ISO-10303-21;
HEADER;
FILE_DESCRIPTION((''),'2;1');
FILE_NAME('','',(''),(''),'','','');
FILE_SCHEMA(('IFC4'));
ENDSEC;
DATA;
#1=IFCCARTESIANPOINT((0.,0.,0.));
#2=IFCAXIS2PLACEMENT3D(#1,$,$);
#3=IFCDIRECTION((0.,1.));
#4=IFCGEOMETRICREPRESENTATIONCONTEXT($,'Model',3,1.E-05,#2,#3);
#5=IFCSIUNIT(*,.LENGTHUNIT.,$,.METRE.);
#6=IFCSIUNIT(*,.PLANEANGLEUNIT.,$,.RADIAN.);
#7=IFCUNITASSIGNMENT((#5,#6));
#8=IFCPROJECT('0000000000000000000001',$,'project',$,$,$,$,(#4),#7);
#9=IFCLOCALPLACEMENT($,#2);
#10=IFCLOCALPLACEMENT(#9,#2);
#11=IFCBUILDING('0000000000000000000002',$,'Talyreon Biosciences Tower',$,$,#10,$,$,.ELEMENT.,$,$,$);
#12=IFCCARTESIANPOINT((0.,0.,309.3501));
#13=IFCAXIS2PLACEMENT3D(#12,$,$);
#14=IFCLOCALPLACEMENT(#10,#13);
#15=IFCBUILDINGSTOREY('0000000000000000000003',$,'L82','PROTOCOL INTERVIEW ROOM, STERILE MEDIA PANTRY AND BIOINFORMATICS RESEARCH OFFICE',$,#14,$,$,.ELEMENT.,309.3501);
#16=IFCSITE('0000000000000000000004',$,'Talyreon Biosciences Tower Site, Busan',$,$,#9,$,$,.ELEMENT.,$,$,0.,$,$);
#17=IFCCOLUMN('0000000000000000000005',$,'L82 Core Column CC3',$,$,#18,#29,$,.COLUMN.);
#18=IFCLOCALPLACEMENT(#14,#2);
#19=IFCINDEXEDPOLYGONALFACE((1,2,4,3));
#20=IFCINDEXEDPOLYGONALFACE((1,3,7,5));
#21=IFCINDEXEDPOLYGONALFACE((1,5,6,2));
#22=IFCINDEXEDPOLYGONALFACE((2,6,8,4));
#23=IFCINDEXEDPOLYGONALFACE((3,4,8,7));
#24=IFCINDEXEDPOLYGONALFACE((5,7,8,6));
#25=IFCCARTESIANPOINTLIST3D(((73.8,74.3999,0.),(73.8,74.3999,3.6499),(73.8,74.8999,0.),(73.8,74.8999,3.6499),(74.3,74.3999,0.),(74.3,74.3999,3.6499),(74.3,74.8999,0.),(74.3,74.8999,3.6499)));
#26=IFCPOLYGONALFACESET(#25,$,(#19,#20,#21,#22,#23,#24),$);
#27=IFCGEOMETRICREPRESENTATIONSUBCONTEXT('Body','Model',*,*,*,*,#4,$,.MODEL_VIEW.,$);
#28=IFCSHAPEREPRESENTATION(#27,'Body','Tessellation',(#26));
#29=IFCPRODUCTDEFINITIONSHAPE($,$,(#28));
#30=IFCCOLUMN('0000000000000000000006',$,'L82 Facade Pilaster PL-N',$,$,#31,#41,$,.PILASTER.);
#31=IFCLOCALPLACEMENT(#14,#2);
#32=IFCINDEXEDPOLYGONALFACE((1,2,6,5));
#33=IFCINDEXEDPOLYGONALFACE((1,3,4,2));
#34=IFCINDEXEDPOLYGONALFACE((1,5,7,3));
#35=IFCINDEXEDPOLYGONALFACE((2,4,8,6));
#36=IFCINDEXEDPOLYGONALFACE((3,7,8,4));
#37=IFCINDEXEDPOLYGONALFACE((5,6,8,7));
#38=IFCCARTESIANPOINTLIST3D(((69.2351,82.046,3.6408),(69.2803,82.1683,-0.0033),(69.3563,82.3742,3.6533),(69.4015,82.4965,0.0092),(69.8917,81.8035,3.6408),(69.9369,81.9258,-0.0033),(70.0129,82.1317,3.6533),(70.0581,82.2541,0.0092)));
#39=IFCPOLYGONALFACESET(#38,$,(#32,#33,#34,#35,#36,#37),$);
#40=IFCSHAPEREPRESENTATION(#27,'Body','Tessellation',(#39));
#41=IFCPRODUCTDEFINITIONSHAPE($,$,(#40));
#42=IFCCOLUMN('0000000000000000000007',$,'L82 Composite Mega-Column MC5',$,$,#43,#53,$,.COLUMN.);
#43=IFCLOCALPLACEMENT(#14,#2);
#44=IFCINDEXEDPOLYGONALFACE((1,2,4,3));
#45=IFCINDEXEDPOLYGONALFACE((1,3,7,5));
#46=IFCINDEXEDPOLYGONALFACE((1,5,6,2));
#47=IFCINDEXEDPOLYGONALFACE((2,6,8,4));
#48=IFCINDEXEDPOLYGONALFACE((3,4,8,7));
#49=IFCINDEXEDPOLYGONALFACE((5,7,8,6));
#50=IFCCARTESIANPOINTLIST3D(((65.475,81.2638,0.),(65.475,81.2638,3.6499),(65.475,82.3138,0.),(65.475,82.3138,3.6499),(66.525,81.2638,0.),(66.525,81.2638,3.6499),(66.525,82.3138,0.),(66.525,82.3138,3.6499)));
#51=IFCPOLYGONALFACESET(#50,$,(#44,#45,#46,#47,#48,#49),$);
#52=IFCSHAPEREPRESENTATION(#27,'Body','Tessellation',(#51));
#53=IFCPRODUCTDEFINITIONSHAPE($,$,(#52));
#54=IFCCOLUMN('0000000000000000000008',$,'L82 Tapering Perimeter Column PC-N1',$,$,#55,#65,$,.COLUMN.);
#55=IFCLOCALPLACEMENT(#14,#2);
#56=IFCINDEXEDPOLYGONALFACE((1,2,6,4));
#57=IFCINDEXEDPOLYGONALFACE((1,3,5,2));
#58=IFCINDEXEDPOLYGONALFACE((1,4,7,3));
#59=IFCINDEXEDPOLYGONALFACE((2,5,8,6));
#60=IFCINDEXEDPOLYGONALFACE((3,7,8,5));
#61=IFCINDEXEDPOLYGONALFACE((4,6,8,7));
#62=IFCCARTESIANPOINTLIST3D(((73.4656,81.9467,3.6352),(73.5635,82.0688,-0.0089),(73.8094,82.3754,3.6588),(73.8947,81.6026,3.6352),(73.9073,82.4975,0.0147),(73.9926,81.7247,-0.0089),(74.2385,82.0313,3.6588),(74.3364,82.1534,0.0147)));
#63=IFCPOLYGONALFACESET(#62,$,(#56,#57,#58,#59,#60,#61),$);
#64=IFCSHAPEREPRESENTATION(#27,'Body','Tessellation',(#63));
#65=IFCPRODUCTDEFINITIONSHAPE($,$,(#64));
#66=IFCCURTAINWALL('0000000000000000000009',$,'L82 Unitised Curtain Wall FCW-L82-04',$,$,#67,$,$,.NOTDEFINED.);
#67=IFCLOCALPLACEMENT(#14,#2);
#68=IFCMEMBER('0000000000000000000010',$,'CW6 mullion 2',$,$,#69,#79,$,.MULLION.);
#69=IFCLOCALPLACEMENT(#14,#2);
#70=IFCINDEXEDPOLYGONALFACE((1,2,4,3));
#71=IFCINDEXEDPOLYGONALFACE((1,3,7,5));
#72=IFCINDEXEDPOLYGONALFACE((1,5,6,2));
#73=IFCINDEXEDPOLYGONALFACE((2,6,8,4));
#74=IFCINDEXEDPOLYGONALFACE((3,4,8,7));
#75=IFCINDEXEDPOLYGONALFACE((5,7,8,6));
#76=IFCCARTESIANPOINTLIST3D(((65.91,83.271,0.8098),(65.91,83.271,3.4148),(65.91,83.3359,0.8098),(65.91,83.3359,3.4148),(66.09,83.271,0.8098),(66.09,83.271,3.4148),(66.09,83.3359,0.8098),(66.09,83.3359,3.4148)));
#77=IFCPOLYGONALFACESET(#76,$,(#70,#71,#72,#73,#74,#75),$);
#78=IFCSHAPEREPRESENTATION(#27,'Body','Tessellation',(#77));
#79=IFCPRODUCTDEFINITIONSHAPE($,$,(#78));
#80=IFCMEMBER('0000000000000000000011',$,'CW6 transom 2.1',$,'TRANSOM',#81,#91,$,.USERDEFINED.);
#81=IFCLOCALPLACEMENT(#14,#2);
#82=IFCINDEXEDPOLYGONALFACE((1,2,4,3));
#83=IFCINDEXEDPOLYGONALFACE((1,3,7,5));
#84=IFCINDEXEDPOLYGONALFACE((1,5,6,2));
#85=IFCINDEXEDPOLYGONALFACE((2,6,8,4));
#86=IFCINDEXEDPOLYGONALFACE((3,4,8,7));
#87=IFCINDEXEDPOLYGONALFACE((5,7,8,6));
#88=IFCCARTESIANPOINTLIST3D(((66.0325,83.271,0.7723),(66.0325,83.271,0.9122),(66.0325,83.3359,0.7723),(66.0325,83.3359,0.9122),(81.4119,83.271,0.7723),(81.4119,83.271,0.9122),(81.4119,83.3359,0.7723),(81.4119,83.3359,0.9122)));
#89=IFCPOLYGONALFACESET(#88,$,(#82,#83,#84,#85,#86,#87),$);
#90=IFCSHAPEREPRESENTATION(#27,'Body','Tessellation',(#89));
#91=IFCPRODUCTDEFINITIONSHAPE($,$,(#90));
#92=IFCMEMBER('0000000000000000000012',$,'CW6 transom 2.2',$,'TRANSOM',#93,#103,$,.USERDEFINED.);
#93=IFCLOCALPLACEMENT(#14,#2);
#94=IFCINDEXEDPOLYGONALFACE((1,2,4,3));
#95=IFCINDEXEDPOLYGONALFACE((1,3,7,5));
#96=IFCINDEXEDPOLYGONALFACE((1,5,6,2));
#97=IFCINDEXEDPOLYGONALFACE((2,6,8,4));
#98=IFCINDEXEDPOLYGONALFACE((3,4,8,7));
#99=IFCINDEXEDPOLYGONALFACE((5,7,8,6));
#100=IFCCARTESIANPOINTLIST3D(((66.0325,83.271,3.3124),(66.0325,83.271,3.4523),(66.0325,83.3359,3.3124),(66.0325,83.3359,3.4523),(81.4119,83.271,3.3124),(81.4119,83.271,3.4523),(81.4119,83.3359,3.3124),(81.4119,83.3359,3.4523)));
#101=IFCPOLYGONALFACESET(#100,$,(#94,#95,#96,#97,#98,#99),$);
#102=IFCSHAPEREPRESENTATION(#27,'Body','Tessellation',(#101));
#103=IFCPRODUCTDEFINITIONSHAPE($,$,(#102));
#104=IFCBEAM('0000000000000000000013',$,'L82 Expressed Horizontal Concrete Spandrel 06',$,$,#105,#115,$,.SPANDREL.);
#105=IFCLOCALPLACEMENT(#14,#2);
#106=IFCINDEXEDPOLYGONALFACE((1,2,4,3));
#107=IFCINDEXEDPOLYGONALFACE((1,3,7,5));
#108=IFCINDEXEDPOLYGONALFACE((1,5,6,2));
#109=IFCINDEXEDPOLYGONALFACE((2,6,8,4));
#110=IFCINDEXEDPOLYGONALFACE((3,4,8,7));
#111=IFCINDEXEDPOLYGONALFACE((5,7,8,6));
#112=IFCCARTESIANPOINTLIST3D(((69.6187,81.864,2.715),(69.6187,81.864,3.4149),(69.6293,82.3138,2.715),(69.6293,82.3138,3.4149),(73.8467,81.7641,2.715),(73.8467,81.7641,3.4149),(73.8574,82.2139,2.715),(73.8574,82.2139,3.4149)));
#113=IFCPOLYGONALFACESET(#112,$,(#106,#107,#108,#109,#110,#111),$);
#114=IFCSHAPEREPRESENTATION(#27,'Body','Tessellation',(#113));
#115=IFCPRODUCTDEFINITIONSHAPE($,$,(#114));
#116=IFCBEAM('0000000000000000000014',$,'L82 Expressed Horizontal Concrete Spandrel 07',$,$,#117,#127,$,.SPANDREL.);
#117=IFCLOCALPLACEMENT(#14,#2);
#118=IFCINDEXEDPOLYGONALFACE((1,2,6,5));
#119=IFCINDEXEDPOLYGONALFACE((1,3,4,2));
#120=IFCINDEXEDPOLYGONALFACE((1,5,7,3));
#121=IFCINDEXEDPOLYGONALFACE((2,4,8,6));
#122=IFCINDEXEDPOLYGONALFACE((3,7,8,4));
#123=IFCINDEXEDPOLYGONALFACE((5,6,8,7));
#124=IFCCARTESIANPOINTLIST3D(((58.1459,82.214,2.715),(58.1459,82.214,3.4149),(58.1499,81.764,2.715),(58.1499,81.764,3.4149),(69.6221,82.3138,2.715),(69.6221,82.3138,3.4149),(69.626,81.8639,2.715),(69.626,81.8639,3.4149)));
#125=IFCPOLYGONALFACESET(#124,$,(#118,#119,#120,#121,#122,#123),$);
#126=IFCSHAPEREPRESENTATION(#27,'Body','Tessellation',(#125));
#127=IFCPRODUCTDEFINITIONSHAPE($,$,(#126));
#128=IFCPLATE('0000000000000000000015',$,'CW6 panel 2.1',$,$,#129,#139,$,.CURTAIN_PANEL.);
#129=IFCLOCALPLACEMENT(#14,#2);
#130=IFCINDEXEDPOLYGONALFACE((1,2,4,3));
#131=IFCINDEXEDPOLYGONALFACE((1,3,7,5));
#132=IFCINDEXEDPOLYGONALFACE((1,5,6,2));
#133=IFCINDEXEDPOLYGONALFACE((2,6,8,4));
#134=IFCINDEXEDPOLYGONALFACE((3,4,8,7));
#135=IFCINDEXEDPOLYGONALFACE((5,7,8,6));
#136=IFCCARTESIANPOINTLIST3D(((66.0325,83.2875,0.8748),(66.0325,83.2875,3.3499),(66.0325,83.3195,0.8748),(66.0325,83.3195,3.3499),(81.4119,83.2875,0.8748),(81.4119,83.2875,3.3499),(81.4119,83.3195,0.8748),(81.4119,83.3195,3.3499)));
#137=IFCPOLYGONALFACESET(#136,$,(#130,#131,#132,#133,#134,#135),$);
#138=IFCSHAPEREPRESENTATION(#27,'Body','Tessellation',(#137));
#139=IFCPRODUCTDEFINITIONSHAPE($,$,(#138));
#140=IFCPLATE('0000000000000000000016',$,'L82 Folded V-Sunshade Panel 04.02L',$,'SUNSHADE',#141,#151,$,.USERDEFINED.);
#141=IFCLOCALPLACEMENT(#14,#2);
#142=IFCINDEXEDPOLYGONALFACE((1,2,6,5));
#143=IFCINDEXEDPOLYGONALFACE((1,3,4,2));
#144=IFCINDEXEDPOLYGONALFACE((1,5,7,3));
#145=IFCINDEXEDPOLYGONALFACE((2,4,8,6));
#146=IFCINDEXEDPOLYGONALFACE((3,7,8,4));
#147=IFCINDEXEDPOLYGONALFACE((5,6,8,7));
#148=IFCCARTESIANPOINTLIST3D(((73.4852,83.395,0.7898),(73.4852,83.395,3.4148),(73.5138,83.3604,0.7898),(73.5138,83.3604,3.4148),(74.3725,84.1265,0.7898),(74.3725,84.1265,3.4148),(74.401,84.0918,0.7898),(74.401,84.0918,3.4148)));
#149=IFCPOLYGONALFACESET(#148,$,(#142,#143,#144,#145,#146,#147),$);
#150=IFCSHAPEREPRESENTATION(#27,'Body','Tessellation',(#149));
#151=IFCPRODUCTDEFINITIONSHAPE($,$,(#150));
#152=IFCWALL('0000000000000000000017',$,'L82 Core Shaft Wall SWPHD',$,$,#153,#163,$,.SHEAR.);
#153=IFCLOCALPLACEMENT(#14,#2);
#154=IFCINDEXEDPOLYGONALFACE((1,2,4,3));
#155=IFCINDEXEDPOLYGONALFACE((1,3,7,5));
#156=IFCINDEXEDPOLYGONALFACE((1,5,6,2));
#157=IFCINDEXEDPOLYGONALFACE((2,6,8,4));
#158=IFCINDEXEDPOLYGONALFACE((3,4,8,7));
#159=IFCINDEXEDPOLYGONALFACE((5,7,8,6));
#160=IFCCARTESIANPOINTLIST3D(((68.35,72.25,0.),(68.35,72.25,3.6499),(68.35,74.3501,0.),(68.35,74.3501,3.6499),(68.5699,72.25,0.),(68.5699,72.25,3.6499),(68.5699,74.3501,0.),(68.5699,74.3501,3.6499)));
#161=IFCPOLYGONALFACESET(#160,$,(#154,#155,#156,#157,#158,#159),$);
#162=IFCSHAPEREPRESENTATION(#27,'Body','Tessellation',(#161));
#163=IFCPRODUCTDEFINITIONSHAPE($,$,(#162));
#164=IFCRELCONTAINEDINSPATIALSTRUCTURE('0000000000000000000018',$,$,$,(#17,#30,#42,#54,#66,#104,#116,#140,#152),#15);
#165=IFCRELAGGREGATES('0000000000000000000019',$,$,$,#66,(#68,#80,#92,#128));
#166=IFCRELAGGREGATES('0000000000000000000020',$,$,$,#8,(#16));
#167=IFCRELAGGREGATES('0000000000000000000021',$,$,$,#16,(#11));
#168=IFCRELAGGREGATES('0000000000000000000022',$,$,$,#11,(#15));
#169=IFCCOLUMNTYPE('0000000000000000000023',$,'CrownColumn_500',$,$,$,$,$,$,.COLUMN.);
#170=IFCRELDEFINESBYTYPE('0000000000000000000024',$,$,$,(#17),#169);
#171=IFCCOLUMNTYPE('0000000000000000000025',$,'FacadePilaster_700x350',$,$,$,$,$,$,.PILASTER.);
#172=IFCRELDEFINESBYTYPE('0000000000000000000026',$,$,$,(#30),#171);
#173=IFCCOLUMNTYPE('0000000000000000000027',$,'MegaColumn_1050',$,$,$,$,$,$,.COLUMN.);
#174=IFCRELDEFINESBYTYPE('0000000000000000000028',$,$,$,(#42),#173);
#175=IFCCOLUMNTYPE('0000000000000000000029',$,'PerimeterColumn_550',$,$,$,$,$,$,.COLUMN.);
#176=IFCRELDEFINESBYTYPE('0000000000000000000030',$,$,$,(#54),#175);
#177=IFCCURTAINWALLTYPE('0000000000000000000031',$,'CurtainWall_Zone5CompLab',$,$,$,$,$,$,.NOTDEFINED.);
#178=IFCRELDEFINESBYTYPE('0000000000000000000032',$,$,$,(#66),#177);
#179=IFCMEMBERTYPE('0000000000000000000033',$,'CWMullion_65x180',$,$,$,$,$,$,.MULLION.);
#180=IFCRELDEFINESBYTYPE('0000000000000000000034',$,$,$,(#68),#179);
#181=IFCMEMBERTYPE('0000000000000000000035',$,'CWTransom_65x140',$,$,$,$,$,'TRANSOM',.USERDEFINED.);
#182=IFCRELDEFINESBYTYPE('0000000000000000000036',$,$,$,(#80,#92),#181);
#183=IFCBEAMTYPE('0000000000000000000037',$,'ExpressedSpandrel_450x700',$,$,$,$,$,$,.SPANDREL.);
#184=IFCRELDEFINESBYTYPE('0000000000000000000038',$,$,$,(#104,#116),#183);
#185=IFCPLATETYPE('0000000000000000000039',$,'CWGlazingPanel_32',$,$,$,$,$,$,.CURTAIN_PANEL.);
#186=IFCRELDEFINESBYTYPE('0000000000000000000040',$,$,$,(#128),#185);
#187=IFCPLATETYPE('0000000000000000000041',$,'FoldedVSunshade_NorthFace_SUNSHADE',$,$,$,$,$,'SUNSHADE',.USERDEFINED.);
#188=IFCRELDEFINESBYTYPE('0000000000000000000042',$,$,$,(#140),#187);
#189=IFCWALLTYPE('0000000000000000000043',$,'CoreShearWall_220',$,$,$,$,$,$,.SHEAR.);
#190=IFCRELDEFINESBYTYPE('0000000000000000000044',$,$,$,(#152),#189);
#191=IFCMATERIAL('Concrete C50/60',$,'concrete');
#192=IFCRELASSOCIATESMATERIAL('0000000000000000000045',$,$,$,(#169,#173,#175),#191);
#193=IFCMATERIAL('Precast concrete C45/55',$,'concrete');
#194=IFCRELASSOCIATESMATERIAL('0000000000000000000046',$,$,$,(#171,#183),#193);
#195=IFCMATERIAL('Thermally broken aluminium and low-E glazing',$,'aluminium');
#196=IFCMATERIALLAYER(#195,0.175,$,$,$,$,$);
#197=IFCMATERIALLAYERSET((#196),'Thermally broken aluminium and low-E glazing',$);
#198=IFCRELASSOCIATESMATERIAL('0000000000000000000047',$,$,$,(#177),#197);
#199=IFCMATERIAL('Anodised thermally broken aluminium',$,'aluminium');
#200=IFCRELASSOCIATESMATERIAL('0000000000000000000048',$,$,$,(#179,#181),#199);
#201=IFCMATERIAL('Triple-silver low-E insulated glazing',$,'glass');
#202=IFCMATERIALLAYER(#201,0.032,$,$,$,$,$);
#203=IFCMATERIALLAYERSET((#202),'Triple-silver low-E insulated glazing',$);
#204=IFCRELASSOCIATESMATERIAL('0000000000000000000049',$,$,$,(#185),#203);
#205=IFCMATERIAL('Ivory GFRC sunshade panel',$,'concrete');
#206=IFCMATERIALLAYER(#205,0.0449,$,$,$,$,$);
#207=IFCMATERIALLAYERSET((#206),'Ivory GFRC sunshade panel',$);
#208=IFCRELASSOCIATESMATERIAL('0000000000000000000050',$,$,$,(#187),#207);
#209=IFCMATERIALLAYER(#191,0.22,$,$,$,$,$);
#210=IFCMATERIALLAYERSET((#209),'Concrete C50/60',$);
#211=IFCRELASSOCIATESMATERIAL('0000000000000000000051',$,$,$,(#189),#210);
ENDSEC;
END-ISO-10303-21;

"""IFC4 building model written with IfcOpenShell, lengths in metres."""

from ifc_helpers import new_model, si_unit, direction, frame, frame_2d, origin, origin_2d, place, context, subcontext, project, spatial, rectangle, extrude, material, layer, layer_set, material_profile, profile_set, type_object, element, aggregate, save


model = new_model("IFC4")

# Units and contexts
model_context = context("Model", 3, precision=1e-05, world=origin(), true_north=direction((0.0, 1.0)))
body_context = subcontext(model_context, "Body", "Model", "MODEL_VIEW")
ifc_project = project(units=[si_unit("LENGTHUNIT", "METRE"), si_unit("PLANEANGLEUNIT", "RADIAN")], contexts=[model_context])

# Site, building, storey
site_placement = place(None, origin())
site = spatial("IfcSite", under=ifc_project, at=site_placement, Name="Talyreon Biosciences Tower Site, Busan", CompositionType="ELEMENT", RefElevation=0.0)
building_placement = place(site_placement, origin())
building = spatial("IfcBuilding", under=site, at=building_placement, Name="Talyreon Biosciences Tower", CompositionType="ELEMENT")
storey_placement = place(building_placement, frame((0.0, 0.0, 309.3501)))
storey = spatial("IfcBuildingStorey", under=building, at=storey_placement, Name="L82", Description="PROTOCOL INTERVIEW ROOM, STERILE MEDIA PANTRY AND BIOINFORMATICS RESEARCH OFFICE", CompositionType="ELEMENT", Elevation=309.3501)

# Columns
ifc_material_1 = material(Name="Concrete C50/60", Category="concrete")
ifc_material_profile_1 = material_profile(ifc_material_1, rectangle(XDim=0.5, YDim=0.5, at=origin_2d()), Name="RC 500x500")
ifc_profile_set_1 = profile_set([ifc_material_profile_1], Name="Concrete C50/60")
column_type_1 = type_object("IfcColumnType", Name="CrownColumn_500", PredefinedType="COLUMN", material=ifc_profile_set_1)
column_1_placement = place(storey_placement, frame((74.05, 74.6499, 0.0), z_axis=(0.0, 0.0, 1.0), x_axis=(1.0, 0.0, 0.0)))
element("IfcColumn", 1, at=column_1_placement, inside=storey, type_object=column_type_1, Name="L82 Core Column CC3", PredefinedType="COLUMN", context=body_context, shape_type="SweptSolid", body=[
    extrude(rectangle(XDim=0.5, YDim=0.5, at=origin_2d()), origin(), (0.0, 0.0, 1.0), 3.6499),
])
ifc_material_2 = material(Name="Precast concrete C45/55", Category="concrete")
ifc_material_profile_2 = material_profile(ifc_material_2, rectangle(XDim=0.7, YDim=0.3501, at=origin_2d()), Name="RC 700x350")
ifc_profile_set_2 = profile_set([ifc_material_profile_2], Name="Precast concrete C45/55")
column_type_2 = type_object("IfcColumnType", Name="FacadePilaster_700x350", PredefinedType="PILASTER", material=ifc_profile_set_2)
column_2_placement = place(storey_placement, frame((69.6692, 82.2112, 0.0029), z_axis=(-0.012387, -0.033544, 0.99936), x_axis=(-0.938087, 0.346399, 0.0)))
element("IfcColumn", 2, at=column_2_placement, inside=storey, type_object=column_type_2, Name="L82 Facade Pilaster PL-N", PredefinedType="PILASTER", context=body_context, shape_type="SweptSolid", body=[
    extrude(rectangle(XDim=0.7, YDim=0.3501, at=origin_2d()), origin(), (0.0, 0.0, 1.0), 3.6465),
])
ifc_material_profile_3 = material_profile(ifc_material_1, rectangle(XDim=1.05, YDim=1.05, at=origin_2d()), Name="RC 1050x1050")
ifc_profile_set_3 = profile_set([ifc_material_profile_3], Name="Concrete C50/60")
column_type_3 = type_object("IfcColumnType", Name="MegaColumn_1050", PredefinedType="COLUMN", material=ifc_profile_set_3)
column_3_placement = place(storey_placement, frame((66.0, 81.7888, 0.0), z_axis=(0.0, 0.0, 1.0), x_axis=(1.0, 0.0, 0.0)))
element("IfcColumn", 3, at=column_3_placement, inside=storey, type_object=column_type_3, Name="L82 Composite Mega-Column MC5", PredefinedType="COLUMN", context=body_context, shape_type="SweptSolid", body=[
    extrude(rectangle(XDim=1.05, YDim=1.05, at=origin_2d()), origin(), (0.0, 0.0, 1.0), 3.6499),
])
ifc_material_profile_4 = material_profile(ifc_material_1, rectangle(XDim=0.55, YDim=0.55, at=origin_2d()), Name="RC 550x550")
ifc_profile_set_4 = profile_set([ifc_material_profile_4], Name="Concrete C50/60")
column_type_4 = type_object("IfcColumnType", Name="PerimeterColumn_550", PredefinedType="COLUMN", material=ifc_profile_set_4)
column_4_placement = place(storey_placement, frame((73.95, 82.1111, 0.0029), z_axis=(-0.026841, -0.033468, 0.999079), x_axis=(-0.780107, 0.625646, 0.0)))
element("IfcColumn", 4, at=column_4_placement, inside=storey, type_object=column_type_4, Name="L82 Tapering Perimeter Column PC-N1", PredefinedType="COLUMN", context=body_context, shape_type="SweptSolid", body=[
    extrude(rectangle(XDim=0.55, YDim=0.55, at=origin_2d()), origin(), (0.0, 0.0, 1.0), 3.6475),
])

# Curtain wall, members
ifc_material_3 = material(Name="Thermally broken aluminium and low-E glazing", Category="aluminium")
ifc_layer_1 = layer(ifc_material_3, 0.175)
ifc_layer_set_1 = layer_set([ifc_layer_1], Name="Thermally broken aluminium and low-E glazing")
curtain_wall_type = type_object("IfcCurtainWallType", Name="CurtainWall_Zone5CompLab", PredefinedType="NOTDEFINED", material=ifc_layer_set_1)
curtain_wall_placement = place(storey_placement, origin())
curtain_wall = element("IfcCurtainWall", 5, at=curtain_wall_placement, inside=storey, type_object=curtain_wall_type, Name="L82 Unitised Curtain Wall FCW-L82-04", PredefinedType="NOTDEFINED")
ifc_material_4 = material(Name="Anodised thermally broken aluminium", Category="aluminium")
ifc_material_profile_5 = material_profile(ifc_material_4, rectangle(XDim=0.0649, YDim=0.1799, at=origin_2d()), Name="ALUM MULLION 65x180")
ifc_profile_set_5 = profile_set([ifc_material_profile_5], Name="Anodised thermally broken aluminium")
member_type_1 = type_object("IfcMemberType", Name="CWMullion_65x180", PredefinedType="MULLION", material=ifc_profile_set_5)
member_1_placement = place(storey_placement, frame((66.0, 83.3035, 0.8098), z_axis=(0.0, 0.0, 1.0), x_axis=(0.0, 1.0, 0.0)))
member_1 = element("IfcMember", 6, at=member_1_placement, type_object=member_type_1, Name="CW6 mullion 2", PredefinedType="MULLION", context=body_context, shape_type="SweptSolid", body=[
    extrude(rectangle(XDim=0.0649, YDim=0.1799, at=origin_2d()), origin(), (0.0, 0.0, 1.0), 2.605),
])
ifc_material_profile_6 = material_profile(ifc_material_4, rectangle(XDim=0.0649, YDim=0.1399, at=origin_2d()), Name="ALUM TRANSOM 65x140")
ifc_profile_set_6 = profile_set([ifc_material_profile_6], Name="Anodised thermally broken aluminium")
member_type_2 = type_object("IfcMemberType", Name="CWTransom_65x140", ElementType="TRANSOM", PredefinedType="USERDEFINED", material=ifc_profile_set_6)
member_2_placement = place(storey_placement, frame((66.0325, 83.3035, 0.8423), z_axis=(1.0, 0.0, 0.0), x_axis=(0.0, 1.0, 0.0)))
member_2 = element("IfcMember", 7, at=member_2_placement, type_object=member_type_2, Name="CW6 transom 2.1", ObjectType="TRANSOM", PredefinedType="USERDEFINED", context=body_context, shape_type="SweptSolid", body=[
    extrude(rectangle(XDim=0.0649, YDim=0.1399, at=origin_2d()), origin(), (0.0, 0.0, 1.0), 15.3794),
])
member_3_placement = place(storey_placement, frame((66.0325, 83.3035, 3.3823), z_axis=(1.0, 0.0, 0.0), x_axis=(0.0, 1.0, 0.0)))
member_3 = element("IfcMember", 8, at=member_3_placement, type_object=member_type_2, Name="CW6 transom 2.2", ObjectType="TRANSOM", PredefinedType="USERDEFINED", context=body_context, shape_type="SweptSolid", body=[
    extrude(rectangle(XDim=0.0649, YDim=0.1399, at=origin_2d()), origin(), (0.0, 0.0, 1.0), 15.3794),
])

# Beams
ifc_material_profile_7 = material_profile(ifc_material_2, rectangle(XDim=0.45, YDim=0.7, at=origin_2d()), Name="RCB 450x700")
ifc_profile_set_7 = profile_set([ifc_material_profile_7], Name="Precast concrete C45/55")
beam_type = type_object("IfcBeamType", Name="ExpressedSpandrel_450x700", PredefinedType="SPANDREL", material=ifc_profile_set_7)
beam_1_placement = place(storey_placement, frame((73.8521, 81.989, 3.0649), z_axis=(-0.999721, 0.02361, 0.0), x_axis=(-0.02361, -0.999721, 0.0)))
element("IfcBeam", 9, at=beam_1_placement, inside=storey, type_object=beam_type, Name="L82 Expressed Horizontal Concrete Spandrel 06", PredefinedType="SPANDREL", context=body_context, shape_type="SweptSolid", body=[
    extrude(rectangle(XDim=0.45, YDim=0.7, at=origin_2d()), origin(), (0.0, 0.0, 1.0), 4.2292),
])
beam_2_placement = place(storey_placement, frame((69.624, 82.0889, 3.0649), z_axis=(-0.999962, -0.008701, 0.0), x_axis=(0.008701, -0.999962, 0.0)))
element("IfcBeam", 10, at=beam_2_placement, inside=storey, type_object=beam_type, Name="L82 Expressed Horizontal Concrete Spandrel 07", PredefinedType="SPANDREL", context=body_context, shape_type="SweptSolid", body=[
    extrude(rectangle(XDim=0.45, YDim=0.7, at=origin_2d()), origin(), (0.0, 0.0, 1.0), 11.4766),
])

# Plates
ifc_material_5 = material(Name="Triple-silver low-E insulated glazing", Category="glass")
ifc_layer_2 = layer(ifc_material_5, 0.032)
ifc_layer_set_2 = layer_set([ifc_layer_2], Name="Triple-silver low-E insulated glazing")
plate_type_1 = type_object("IfcPlateType", Name="CWGlazingPanel_32", PredefinedType="CURTAIN_PANEL", material=ifc_layer_set_2)
plate_1_placement = place(storey_placement, frame((73.7222, 83.3035, 0.8748), z_axis=(0.0, 0.0, 1.0), x_axis=(1.0, 0.0, 0.0)))
plate_1 = element("IfcPlate", 11, at=plate_1_placement, type_object=plate_type_1, Name="CW6 panel 2.1", PredefinedType="CURTAIN_PANEL", context=body_context, shape_type="SweptSolid", body=[
    extrude(rectangle(XDim=15.3794, YDim=0.032, at=origin_2d()), origin(), (0.0, 0.0, 1.0), 2.4751),
])
aggregate(curtain_wall, [member_1, member_2, member_3, plate_1])
ifc_material_6 = material(Name="Ivory GFRC sunshade panel", Category="concrete")
ifc_layer_3 = layer(ifc_material_6, 0.0449)
ifc_layer_set_3 = layer_set([ifc_layer_3], Name="Ivory GFRC sunshade panel")
plate_type_2 = type_object("IfcPlateType", Name="FoldedVSunshade_NorthFace_SUNSHADE", ElementType="SUNSHADE", PredefinedType="USERDEFINED", material=ifc_layer_set_3)
plate_2_placement = place(storey_placement, frame((73.9431, 83.7434, 0.7898), z_axis=(0.0, 0.0, 1.0), x_axis=(0.771625, 0.636078, 0.0)))
element("IfcPlate", 12, at=plate_2_placement, inside=storey, type_object=plate_type_2, Name="L82 Folded V-Sunshade Panel 04.02L", ObjectType="SUNSHADE", PredefinedType="USERDEFINED", context=body_context, shape_type="SweptSolid", body=[
    extrude(rectangle(XDim=1.1499, YDim=0.0449, at=origin_2d()), origin(), (0.0, 0.0, 1.0), 2.625),
])

# Wall
ifc_layer_4 = layer(ifc_material_1, 0.22)
ifc_layer_set_4 = layer_set([ifc_layer_4], Name="Concrete C50/60")
wall_type_1 = type_object("IfcWallType", Name="CoreShearWall_220", PredefinedType="SHEAR", material=ifc_layer_set_4)
wall_1_placement = place(storey_placement, frame((68.46, 72.25, 0.0), z_axis=(0.0, 0.0, 1.0), x_axis=(0.0, 1.0, 0.0)))
element("IfcWall", 13, at=wall_1_placement, inside=storey, type_object=wall_type_1, Name="L82 Core Shaft Wall SWPHD", PredefinedType="SHEAR", context=body_context, shape_type="SweptSolid", body=[
    extrude(rectangle(XDim=2.1001, YDim=0.22, at=frame_2d((1.05, 0.0))), origin(), (0.0, 0.0, 1.0), 3.6499),
])

save(model, "model.ifc")
